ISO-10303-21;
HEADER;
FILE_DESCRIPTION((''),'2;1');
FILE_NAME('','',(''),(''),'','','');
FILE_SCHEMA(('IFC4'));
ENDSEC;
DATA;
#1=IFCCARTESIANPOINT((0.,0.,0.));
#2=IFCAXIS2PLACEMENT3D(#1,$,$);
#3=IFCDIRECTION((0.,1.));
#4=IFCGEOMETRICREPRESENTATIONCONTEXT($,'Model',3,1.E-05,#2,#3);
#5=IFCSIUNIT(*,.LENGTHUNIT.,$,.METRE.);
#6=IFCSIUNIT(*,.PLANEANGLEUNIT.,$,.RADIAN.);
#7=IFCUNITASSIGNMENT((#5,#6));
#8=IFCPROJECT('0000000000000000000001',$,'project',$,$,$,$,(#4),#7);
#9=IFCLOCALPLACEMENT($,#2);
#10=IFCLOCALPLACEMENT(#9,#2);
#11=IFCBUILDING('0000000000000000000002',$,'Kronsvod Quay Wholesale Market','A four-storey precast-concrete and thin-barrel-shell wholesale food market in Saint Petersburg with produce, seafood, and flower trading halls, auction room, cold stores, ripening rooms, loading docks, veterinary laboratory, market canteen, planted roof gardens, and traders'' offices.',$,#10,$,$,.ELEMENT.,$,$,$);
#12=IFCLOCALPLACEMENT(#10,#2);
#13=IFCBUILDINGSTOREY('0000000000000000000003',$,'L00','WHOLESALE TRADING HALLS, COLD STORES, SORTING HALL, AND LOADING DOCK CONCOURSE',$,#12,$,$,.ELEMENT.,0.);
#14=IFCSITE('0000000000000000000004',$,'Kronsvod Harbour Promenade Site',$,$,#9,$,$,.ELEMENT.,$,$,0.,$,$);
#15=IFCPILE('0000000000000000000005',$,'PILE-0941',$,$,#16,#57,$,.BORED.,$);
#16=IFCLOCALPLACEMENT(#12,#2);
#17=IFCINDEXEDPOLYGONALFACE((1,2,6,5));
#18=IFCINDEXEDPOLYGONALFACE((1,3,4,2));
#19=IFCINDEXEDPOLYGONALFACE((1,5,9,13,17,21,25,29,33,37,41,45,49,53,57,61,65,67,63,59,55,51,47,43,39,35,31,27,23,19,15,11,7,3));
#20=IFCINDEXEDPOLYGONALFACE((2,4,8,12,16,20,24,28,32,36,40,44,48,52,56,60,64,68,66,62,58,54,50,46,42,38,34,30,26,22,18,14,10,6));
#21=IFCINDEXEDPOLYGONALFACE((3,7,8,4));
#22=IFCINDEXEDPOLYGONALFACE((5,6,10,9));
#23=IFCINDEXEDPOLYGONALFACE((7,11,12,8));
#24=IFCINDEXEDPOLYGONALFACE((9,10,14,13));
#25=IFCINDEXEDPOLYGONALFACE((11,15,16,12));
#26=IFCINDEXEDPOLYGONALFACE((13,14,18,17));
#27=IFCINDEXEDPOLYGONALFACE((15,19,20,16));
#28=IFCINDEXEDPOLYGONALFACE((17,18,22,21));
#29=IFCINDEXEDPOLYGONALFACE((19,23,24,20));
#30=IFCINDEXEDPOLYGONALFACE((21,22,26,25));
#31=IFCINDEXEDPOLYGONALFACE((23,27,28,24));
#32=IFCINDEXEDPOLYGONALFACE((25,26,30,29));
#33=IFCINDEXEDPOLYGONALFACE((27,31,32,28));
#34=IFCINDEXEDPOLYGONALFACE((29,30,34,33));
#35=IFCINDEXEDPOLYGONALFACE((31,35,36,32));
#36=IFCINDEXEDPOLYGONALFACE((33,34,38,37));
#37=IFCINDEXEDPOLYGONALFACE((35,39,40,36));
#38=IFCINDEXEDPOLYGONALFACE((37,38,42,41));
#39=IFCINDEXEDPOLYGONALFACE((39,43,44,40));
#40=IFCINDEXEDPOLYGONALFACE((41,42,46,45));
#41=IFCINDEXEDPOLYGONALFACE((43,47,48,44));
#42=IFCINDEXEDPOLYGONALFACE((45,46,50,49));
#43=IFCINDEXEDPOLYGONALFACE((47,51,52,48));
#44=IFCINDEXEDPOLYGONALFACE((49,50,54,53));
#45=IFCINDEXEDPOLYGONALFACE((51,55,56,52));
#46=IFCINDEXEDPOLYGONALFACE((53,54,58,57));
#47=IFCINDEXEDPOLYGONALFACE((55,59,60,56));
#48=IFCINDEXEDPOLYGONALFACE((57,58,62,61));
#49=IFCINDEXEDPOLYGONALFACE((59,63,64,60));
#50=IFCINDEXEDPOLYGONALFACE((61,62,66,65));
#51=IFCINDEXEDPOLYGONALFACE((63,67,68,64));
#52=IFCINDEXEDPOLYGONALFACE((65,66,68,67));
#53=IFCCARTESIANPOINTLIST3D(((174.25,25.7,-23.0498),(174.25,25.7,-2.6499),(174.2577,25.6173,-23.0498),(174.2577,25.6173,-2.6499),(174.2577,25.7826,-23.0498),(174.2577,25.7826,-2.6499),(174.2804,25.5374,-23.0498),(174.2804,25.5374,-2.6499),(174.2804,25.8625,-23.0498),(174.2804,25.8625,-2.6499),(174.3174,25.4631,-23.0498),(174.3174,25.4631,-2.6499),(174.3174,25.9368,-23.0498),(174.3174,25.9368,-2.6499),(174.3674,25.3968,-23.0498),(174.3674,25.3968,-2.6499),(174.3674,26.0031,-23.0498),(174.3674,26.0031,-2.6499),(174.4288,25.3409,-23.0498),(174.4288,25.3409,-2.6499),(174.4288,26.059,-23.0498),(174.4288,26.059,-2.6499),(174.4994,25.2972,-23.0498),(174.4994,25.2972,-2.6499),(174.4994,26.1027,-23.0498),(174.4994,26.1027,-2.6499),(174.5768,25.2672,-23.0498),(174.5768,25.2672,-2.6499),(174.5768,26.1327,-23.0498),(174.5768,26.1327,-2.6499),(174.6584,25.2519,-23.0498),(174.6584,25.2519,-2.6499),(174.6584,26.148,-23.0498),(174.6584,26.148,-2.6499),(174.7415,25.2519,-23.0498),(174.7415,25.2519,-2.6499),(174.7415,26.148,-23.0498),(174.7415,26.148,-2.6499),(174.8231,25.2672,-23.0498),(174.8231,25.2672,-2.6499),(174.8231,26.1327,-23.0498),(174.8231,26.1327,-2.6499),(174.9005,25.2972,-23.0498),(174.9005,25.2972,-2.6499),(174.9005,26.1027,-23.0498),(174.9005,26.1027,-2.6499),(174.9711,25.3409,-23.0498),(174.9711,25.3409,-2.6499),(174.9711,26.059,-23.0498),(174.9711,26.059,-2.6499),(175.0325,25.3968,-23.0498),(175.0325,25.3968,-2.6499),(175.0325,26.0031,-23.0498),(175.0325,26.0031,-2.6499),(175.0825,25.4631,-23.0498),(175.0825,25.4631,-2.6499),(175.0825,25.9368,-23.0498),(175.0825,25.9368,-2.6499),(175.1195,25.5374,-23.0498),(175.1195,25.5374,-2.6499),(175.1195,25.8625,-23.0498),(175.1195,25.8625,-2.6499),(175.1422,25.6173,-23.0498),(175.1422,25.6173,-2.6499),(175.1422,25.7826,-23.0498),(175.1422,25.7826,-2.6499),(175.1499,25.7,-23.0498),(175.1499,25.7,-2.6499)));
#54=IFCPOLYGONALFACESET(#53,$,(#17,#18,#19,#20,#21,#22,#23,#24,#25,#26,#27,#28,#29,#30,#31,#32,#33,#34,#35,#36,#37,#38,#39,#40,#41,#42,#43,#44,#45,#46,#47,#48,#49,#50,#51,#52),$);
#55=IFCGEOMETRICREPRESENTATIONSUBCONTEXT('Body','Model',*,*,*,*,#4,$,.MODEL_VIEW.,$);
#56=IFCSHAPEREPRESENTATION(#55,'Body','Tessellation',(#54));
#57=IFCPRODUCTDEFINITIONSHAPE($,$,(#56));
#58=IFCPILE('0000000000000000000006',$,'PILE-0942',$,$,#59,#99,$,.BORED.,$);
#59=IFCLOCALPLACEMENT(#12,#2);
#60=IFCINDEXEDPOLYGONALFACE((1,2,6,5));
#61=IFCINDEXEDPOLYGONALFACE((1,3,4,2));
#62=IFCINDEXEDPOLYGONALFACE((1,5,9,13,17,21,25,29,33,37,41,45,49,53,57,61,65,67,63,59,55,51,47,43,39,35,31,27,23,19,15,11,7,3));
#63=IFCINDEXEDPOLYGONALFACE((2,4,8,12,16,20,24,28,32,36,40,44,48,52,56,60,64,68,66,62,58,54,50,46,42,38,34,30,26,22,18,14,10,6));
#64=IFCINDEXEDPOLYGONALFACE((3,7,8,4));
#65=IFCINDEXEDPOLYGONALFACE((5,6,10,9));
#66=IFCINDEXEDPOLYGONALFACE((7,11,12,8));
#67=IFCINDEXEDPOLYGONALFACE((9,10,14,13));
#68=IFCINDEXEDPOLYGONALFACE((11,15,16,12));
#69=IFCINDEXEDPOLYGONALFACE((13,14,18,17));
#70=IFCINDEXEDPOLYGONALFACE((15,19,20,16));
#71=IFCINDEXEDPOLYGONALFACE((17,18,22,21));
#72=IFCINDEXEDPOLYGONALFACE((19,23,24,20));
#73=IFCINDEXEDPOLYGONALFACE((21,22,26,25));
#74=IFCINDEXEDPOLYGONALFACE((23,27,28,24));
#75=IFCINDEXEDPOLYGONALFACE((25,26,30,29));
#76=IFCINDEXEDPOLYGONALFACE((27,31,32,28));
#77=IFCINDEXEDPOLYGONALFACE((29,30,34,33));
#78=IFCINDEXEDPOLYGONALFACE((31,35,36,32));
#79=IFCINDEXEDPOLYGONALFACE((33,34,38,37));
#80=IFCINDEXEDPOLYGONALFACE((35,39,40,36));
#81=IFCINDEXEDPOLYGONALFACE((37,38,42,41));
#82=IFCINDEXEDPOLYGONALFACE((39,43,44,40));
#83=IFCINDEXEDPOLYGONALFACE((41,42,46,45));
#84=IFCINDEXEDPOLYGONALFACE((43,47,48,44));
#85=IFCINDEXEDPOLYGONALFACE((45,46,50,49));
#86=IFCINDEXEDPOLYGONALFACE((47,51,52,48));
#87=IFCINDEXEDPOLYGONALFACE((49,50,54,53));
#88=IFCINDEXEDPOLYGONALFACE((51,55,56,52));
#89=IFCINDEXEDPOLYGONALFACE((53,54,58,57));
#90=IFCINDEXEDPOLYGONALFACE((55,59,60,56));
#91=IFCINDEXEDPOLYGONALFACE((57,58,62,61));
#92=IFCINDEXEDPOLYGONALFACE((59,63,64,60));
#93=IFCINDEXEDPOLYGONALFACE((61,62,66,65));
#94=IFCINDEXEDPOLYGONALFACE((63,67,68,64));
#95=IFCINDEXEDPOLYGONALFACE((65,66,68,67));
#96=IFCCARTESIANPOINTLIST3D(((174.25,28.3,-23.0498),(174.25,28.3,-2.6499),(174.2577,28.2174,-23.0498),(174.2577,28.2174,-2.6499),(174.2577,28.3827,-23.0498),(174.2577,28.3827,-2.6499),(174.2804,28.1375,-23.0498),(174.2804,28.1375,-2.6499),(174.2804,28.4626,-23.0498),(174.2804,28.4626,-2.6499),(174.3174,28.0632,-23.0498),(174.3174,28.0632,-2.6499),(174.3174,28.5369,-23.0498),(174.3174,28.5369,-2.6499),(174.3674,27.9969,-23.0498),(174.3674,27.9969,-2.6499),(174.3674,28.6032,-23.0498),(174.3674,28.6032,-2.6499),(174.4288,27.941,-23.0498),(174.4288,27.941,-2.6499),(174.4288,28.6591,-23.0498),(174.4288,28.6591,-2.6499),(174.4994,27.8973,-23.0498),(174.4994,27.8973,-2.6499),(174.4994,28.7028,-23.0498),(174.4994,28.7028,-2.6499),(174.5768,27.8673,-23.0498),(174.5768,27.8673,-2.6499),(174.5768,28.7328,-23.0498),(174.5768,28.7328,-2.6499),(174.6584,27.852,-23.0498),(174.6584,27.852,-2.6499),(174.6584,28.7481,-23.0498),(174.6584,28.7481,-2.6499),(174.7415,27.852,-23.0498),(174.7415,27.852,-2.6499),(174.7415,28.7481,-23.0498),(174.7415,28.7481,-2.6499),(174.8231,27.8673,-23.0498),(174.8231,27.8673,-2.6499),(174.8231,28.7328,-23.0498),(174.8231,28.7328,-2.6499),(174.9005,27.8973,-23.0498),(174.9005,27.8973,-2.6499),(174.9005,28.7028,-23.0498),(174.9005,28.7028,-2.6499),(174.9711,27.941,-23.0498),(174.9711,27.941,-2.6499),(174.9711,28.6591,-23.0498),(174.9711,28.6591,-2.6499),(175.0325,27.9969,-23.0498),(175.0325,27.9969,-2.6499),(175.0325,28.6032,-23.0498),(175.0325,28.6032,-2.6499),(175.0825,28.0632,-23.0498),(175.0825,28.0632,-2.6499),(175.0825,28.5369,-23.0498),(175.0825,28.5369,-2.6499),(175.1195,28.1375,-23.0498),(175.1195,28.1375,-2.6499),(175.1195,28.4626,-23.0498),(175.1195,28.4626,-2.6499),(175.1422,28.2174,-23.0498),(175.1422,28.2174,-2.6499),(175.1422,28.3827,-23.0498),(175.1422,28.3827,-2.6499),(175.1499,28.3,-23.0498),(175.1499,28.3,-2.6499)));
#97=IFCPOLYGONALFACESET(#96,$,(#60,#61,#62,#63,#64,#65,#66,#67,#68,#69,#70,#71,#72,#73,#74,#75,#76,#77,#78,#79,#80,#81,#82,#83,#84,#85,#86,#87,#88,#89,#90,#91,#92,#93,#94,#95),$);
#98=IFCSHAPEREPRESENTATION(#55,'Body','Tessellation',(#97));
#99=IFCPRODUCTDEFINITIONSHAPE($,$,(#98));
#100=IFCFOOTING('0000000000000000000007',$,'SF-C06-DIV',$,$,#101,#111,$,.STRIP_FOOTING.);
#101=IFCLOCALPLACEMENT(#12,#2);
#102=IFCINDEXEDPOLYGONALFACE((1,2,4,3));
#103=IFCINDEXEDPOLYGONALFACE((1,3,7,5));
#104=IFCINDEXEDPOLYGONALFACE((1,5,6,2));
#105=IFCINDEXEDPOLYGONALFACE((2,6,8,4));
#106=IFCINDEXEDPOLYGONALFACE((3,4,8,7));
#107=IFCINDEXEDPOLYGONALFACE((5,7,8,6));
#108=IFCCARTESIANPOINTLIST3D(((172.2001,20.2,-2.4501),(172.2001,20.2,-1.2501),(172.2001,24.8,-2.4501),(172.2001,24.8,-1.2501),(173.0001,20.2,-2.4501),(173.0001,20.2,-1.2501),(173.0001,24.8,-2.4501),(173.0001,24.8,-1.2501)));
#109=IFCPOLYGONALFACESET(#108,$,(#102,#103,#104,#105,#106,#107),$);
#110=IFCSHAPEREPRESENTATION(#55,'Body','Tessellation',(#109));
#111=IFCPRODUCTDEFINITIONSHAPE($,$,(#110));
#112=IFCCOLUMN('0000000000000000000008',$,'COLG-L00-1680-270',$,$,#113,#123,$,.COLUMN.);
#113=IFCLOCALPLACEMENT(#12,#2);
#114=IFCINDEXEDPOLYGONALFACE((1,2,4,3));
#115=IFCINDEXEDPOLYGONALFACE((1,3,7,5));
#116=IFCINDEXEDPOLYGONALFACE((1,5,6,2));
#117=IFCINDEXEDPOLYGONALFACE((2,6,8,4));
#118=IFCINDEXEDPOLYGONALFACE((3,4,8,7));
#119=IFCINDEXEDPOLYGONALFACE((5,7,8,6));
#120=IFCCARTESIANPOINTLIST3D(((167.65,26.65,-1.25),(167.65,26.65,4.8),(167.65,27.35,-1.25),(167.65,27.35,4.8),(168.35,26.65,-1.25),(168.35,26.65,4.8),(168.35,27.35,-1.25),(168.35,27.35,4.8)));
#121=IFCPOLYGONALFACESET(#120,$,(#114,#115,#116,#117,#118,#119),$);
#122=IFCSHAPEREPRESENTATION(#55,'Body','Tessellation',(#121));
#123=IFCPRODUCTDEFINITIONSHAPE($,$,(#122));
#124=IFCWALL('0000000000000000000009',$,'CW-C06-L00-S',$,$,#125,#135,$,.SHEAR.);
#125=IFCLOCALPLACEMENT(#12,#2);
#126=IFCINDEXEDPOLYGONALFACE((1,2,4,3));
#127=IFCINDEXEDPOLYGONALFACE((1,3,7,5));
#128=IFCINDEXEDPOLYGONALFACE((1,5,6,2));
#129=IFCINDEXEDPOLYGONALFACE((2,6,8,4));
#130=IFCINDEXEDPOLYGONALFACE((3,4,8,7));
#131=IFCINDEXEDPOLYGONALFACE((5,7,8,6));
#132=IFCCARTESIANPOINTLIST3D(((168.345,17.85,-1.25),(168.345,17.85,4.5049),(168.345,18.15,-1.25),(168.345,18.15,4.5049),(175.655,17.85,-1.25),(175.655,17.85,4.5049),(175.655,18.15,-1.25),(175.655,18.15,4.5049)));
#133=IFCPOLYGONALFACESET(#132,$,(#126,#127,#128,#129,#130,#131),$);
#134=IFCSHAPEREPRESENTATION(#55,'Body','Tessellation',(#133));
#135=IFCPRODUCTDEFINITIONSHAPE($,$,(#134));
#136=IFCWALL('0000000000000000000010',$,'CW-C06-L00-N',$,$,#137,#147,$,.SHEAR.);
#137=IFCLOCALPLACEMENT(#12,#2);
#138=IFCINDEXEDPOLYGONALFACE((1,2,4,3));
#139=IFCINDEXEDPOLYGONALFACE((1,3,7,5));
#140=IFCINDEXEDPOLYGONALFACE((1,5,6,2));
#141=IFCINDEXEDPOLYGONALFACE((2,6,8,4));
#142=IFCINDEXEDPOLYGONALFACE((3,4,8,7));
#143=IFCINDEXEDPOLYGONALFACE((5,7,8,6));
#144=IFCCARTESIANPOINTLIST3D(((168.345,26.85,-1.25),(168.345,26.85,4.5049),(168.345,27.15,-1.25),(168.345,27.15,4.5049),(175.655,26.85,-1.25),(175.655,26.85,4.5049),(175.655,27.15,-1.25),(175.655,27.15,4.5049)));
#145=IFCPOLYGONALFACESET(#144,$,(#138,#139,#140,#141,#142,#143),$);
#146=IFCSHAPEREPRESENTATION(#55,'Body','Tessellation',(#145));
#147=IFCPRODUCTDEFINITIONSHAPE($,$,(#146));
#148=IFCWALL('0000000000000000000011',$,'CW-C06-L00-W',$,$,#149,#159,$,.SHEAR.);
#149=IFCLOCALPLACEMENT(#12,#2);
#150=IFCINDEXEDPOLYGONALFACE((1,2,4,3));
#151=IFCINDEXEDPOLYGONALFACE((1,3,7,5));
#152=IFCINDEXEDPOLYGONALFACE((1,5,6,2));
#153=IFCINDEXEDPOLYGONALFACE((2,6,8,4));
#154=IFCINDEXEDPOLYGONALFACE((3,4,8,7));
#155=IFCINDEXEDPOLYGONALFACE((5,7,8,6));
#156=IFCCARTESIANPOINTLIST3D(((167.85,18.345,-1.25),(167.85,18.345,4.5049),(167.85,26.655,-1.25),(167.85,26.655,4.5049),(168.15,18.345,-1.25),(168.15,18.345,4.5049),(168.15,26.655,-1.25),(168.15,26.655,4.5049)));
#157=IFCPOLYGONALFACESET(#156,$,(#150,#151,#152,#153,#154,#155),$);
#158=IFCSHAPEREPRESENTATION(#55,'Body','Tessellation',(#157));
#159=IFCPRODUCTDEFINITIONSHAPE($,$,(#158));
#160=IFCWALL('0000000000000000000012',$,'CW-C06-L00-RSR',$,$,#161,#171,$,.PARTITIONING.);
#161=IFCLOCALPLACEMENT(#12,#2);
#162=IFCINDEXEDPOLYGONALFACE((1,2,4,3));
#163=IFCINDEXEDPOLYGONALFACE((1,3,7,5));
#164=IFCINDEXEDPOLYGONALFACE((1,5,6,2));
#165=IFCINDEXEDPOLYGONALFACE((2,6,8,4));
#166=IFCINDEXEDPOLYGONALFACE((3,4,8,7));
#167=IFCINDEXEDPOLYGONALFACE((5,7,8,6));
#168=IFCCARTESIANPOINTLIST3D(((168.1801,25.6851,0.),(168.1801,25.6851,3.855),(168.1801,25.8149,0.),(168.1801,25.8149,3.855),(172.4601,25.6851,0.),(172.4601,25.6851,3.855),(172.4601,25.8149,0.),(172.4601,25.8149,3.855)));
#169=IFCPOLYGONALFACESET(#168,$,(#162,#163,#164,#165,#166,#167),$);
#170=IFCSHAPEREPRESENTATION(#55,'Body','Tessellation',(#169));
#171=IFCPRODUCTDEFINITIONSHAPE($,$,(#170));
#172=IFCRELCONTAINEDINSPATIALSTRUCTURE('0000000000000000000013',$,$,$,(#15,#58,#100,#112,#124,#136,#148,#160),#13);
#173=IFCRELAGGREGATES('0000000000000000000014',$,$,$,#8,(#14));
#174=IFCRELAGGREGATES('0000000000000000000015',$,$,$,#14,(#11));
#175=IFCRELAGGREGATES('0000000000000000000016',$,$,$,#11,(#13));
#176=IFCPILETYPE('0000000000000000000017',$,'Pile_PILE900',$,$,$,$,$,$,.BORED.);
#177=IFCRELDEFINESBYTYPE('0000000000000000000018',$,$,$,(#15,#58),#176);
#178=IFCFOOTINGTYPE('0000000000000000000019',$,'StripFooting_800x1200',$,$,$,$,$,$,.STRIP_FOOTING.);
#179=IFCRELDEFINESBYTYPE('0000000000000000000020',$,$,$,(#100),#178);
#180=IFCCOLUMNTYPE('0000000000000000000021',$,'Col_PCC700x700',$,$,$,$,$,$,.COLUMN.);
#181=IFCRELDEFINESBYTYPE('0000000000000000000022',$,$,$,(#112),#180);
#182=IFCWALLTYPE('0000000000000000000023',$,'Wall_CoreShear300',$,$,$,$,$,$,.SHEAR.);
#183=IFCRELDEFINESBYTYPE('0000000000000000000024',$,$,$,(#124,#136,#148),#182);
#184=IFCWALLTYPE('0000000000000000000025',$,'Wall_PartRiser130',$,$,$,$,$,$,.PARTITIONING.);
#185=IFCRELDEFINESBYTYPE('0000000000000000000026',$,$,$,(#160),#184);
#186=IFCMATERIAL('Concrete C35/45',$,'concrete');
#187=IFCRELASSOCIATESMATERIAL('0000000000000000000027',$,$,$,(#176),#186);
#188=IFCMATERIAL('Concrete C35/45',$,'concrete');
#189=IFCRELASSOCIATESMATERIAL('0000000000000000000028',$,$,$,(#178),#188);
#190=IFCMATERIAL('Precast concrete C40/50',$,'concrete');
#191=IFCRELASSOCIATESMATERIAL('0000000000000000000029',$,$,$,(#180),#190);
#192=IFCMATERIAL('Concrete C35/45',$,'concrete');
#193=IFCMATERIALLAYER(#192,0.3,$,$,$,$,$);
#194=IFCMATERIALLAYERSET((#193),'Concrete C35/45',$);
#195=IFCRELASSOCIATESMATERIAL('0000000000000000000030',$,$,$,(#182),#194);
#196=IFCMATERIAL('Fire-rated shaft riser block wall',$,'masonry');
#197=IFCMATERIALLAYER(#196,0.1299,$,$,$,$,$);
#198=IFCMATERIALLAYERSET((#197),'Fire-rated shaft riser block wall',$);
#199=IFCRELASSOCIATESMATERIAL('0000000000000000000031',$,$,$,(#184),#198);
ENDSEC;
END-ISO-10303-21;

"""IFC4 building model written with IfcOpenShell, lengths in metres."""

from ifc_helpers import new_model, si_unit, direction, frame, frame_2d, origin, origin_2d, place, context, subcontext, project, spatial, rectangle, circle, extrude, material, layer, layer_set, material_profile, profile_set, type_object, element, save


model = new_model("IFC4")

# Units and contexts
model_context = context("Model", 3, precision=1e-05, world=origin(), true_north=direction((0.0, 1.0)))
body_context = subcontext(model_context, "Body", "Model", "MODEL_VIEW")
ifc_project = project(units=[si_unit("LENGTHUNIT", "METRE"), si_unit("PLANEANGLEUNIT", "RADIAN")], contexts=[model_context])

# Site, building, storey
site_placement = place(None, origin())
site = spatial("IfcSite", under=ifc_project, at=site_placement, Name="Kronsvod Harbour Promenade Site", CompositionType="ELEMENT", RefElevation=0.0)
building_placement = place(site_placement, origin())
building = spatial("IfcBuilding", under=site, at=building_placement, Name="Kronsvod Quay Wholesale Market", Description="A four-storey precast-concrete and thin-barrel-shell wholesale food market in Saint Petersburg with produce, seafood, and flower trading halls, auction room, cold stores, ripening rooms, loading docks, veterinary laboratory, market canteen, planted roof gardens, and traders' offices.", CompositionType="ELEMENT")
storey_placement = place(building_placement, origin())
storey = spatial("IfcBuildingStorey", under=building, at=storey_placement, Name="L00", Description="WHOLESALE TRADING HALLS, COLD STORES, SORTING HALL, AND LOADING DOCK CONCOURSE", CompositionType="ELEMENT", Elevation=0.0)

# Piles
ifc_material_1 = material(Name="Concrete C35/45", Category="concrete")
ifc_material_profile_1 = material_profile(ifc_material_1, circle(Radius=0.45, at=origin_2d()), Name="PILE900")
ifc_profile_set_1 = profile_set([ifc_material_profile_1], Name="Concrete C35/45")
pile_type = type_object("IfcPileType", Name="Pile_PILE900", PredefinedType="BORED", material=ifc_profile_set_1)
for number, where, z_axis, x_axis, name in (
    (1, (174.7, 25.7, -2.6499), (0.0, 0.0, -1.0), (1.0, 0.0, 0.0), "PILE-0941"),
    (2, (174.7, 28.3, -2.6499), (0.0, 0.0, -1.0), (1.0, 0.0, 0.0), "PILE-0942"),
):
    element("IfcPile", number, at=place(storey_placement, frame(where, z_axis=z_axis, x_axis=x_axis)), inside=storey, type_object=pile_type, Name=name, PredefinedType="BORED", context=body_context, shape_type="SweptSolid", body=[
        extrude(circle(Radius=0.45, at=origin_2d()), origin(), (0.0, 0.0, 1.0), 20.3999),
    ])

# Footing
ifc_material_2 = material(Name="Concrete C35/45", Category="concrete")
ifc_material_profile_2 = material_profile(ifc_material_2, rectangle(XDim=0.8, YDim=1.2, at=origin_2d()), Name="SF-01")
ifc_profile_set_2 = profile_set([ifc_material_profile_2], Name="Concrete C35/45")
footing_type_1 = type_object("IfcFootingType", Name="StripFooting_800x1200", PredefinedType="STRIP_FOOTING", material=ifc_profile_set_2)
footing_1_placement = place(storey_placement, frame((172.6001, 20.2, -1.8501), z_axis=(0.0, 1.0, 0.0), x_axis=(-1.0, 0.0, 0.0)))
element("IfcFooting", 3, at=footing_1_placement, inside=storey, type_object=footing_type_1, Name="SF-C06-DIV", PredefinedType="STRIP_FOOTING", context=body_context, shape_type="SweptSolid", body=[
    extrude(rectangle(XDim=0.8, YDim=1.2, at=origin_2d()), origin(), (0.0, 0.0, 1.0), 4.6001),
])

# Column
ifc_material_3 = material(Name="Precast concrete C40/50", Category="concrete")
ifc_material_profile_3 = material_profile(ifc_material_3, rectangle(XDim=0.7, YDim=0.7, at=origin_2d()), Name="PCC700x700")
ifc_profile_set_3 = profile_set([ifc_material_profile_3], Name="Precast concrete C40/50")
column_type = type_object("IfcColumnType", Name="Col_PCC700x700", PredefinedType="COLUMN", material=ifc_profile_set_3)
column_placement = place(storey_placement, frame((168.0, 27.0, -1.25), z_axis=(0.0, 0.0, 1.0), x_axis=(1.0, 0.0, 0.0)))
element("IfcColumn", 4, at=column_placement, inside=storey, type_object=column_type, Name="COLG-L00-1680-270", PredefinedType="COLUMN", context=body_context, shape_type="SweptSolid", body=[
    extrude(rectangle(XDim=0.7, YDim=0.7, at=origin_2d()), origin(), (0.0, 0.0, 1.0), 6.05),
])

# Walls
ifc_material_4 = material(Name="Concrete C35/45", Category="concrete")
ifc_layer_1 = layer(ifc_material_4, 0.3)
ifc_layer_set_1 = layer_set([ifc_layer_1], Name="Concrete C35/45")
wall_type_1 = type_object("IfcWallType", Name="Wall_CoreShear300", PredefinedType="SHEAR", material=ifc_layer_set_1)
for number, where, z_axis, x_axis, name in (
    (5, (168.345, 18.0, -1.25), (0.0, 0.0, 1.0), (1.0, 0.0, 0.0), "CW-C06-L00-S"),
    (6, (168.345, 27.0, -1.25), (0.0, 0.0, 1.0), (1.0, 0.0, 0.0), "CW-C06-L00-N"),
):
    element("IfcWall", number, at=place(storey_placement, frame(where, z_axis=z_axis, x_axis=x_axis)), inside=storey, type_object=wall_type_1, Name=name, PredefinedType="SHEAR", context=body_context, shape_type="SweptSolid", body=[
        extrude(rectangle(XDim=7.3101, YDim=0.3, at=frame_2d((3.655, 0.0))), origin(), (0.0, 0.0, 1.0), 5.7549),
    ])
wall_1_placement = place(storey_placement, frame((168.0, 18.345, -1.25), z_axis=(0.0, 0.0, 1.0), x_axis=(0.0, 1.0, 0.0)))
element("IfcWall", 7, at=wall_1_placement, inside=storey, type_object=wall_type_1, Name="CW-C06-L00-W", PredefinedType="SHEAR", context=body_context, shape_type="SweptSolid", body=[
    extrude(rectangle(XDim=8.3101, YDim=0.3, at=frame_2d((4.155, 0.0))), origin(), (0.0, 0.0, 1.0), 5.7549),
])
ifc_material_5 = material(Name="Fire-rated shaft riser block wall", Category="masonry")
ifc_layer_2 = layer(ifc_material_5, 0.1299)
ifc_layer_set_2 = layer_set([ifc_layer_2], Name="Fire-rated shaft riser block wall")
wall_type_2 = type_object("IfcWallType", Name="Wall_PartRiser130", PredefinedType="PARTITIONING", material=ifc_layer_set_2)
wall_2_placement = place(storey_placement, frame((168.1799, 25.75, 0.0), z_axis=(0.0, 0.0, 1.0), x_axis=(1.0, 0.0, 0.0)))
element("IfcWall", 8, at=wall_2_placement, inside=storey, type_object=wall_type_2, Name="CW-C06-L00-RSR", PredefinedType="PARTITIONING", context=body_context, shape_type="SweptSolid", body=[
    extrude(rectangle(XDim=4.28, YDim=0.1299, at=frame_2d((2.1401, 0.0))), origin(), (0.0, 0.0, 1.0), 3.855),
])

save(model, "model.ifc")
